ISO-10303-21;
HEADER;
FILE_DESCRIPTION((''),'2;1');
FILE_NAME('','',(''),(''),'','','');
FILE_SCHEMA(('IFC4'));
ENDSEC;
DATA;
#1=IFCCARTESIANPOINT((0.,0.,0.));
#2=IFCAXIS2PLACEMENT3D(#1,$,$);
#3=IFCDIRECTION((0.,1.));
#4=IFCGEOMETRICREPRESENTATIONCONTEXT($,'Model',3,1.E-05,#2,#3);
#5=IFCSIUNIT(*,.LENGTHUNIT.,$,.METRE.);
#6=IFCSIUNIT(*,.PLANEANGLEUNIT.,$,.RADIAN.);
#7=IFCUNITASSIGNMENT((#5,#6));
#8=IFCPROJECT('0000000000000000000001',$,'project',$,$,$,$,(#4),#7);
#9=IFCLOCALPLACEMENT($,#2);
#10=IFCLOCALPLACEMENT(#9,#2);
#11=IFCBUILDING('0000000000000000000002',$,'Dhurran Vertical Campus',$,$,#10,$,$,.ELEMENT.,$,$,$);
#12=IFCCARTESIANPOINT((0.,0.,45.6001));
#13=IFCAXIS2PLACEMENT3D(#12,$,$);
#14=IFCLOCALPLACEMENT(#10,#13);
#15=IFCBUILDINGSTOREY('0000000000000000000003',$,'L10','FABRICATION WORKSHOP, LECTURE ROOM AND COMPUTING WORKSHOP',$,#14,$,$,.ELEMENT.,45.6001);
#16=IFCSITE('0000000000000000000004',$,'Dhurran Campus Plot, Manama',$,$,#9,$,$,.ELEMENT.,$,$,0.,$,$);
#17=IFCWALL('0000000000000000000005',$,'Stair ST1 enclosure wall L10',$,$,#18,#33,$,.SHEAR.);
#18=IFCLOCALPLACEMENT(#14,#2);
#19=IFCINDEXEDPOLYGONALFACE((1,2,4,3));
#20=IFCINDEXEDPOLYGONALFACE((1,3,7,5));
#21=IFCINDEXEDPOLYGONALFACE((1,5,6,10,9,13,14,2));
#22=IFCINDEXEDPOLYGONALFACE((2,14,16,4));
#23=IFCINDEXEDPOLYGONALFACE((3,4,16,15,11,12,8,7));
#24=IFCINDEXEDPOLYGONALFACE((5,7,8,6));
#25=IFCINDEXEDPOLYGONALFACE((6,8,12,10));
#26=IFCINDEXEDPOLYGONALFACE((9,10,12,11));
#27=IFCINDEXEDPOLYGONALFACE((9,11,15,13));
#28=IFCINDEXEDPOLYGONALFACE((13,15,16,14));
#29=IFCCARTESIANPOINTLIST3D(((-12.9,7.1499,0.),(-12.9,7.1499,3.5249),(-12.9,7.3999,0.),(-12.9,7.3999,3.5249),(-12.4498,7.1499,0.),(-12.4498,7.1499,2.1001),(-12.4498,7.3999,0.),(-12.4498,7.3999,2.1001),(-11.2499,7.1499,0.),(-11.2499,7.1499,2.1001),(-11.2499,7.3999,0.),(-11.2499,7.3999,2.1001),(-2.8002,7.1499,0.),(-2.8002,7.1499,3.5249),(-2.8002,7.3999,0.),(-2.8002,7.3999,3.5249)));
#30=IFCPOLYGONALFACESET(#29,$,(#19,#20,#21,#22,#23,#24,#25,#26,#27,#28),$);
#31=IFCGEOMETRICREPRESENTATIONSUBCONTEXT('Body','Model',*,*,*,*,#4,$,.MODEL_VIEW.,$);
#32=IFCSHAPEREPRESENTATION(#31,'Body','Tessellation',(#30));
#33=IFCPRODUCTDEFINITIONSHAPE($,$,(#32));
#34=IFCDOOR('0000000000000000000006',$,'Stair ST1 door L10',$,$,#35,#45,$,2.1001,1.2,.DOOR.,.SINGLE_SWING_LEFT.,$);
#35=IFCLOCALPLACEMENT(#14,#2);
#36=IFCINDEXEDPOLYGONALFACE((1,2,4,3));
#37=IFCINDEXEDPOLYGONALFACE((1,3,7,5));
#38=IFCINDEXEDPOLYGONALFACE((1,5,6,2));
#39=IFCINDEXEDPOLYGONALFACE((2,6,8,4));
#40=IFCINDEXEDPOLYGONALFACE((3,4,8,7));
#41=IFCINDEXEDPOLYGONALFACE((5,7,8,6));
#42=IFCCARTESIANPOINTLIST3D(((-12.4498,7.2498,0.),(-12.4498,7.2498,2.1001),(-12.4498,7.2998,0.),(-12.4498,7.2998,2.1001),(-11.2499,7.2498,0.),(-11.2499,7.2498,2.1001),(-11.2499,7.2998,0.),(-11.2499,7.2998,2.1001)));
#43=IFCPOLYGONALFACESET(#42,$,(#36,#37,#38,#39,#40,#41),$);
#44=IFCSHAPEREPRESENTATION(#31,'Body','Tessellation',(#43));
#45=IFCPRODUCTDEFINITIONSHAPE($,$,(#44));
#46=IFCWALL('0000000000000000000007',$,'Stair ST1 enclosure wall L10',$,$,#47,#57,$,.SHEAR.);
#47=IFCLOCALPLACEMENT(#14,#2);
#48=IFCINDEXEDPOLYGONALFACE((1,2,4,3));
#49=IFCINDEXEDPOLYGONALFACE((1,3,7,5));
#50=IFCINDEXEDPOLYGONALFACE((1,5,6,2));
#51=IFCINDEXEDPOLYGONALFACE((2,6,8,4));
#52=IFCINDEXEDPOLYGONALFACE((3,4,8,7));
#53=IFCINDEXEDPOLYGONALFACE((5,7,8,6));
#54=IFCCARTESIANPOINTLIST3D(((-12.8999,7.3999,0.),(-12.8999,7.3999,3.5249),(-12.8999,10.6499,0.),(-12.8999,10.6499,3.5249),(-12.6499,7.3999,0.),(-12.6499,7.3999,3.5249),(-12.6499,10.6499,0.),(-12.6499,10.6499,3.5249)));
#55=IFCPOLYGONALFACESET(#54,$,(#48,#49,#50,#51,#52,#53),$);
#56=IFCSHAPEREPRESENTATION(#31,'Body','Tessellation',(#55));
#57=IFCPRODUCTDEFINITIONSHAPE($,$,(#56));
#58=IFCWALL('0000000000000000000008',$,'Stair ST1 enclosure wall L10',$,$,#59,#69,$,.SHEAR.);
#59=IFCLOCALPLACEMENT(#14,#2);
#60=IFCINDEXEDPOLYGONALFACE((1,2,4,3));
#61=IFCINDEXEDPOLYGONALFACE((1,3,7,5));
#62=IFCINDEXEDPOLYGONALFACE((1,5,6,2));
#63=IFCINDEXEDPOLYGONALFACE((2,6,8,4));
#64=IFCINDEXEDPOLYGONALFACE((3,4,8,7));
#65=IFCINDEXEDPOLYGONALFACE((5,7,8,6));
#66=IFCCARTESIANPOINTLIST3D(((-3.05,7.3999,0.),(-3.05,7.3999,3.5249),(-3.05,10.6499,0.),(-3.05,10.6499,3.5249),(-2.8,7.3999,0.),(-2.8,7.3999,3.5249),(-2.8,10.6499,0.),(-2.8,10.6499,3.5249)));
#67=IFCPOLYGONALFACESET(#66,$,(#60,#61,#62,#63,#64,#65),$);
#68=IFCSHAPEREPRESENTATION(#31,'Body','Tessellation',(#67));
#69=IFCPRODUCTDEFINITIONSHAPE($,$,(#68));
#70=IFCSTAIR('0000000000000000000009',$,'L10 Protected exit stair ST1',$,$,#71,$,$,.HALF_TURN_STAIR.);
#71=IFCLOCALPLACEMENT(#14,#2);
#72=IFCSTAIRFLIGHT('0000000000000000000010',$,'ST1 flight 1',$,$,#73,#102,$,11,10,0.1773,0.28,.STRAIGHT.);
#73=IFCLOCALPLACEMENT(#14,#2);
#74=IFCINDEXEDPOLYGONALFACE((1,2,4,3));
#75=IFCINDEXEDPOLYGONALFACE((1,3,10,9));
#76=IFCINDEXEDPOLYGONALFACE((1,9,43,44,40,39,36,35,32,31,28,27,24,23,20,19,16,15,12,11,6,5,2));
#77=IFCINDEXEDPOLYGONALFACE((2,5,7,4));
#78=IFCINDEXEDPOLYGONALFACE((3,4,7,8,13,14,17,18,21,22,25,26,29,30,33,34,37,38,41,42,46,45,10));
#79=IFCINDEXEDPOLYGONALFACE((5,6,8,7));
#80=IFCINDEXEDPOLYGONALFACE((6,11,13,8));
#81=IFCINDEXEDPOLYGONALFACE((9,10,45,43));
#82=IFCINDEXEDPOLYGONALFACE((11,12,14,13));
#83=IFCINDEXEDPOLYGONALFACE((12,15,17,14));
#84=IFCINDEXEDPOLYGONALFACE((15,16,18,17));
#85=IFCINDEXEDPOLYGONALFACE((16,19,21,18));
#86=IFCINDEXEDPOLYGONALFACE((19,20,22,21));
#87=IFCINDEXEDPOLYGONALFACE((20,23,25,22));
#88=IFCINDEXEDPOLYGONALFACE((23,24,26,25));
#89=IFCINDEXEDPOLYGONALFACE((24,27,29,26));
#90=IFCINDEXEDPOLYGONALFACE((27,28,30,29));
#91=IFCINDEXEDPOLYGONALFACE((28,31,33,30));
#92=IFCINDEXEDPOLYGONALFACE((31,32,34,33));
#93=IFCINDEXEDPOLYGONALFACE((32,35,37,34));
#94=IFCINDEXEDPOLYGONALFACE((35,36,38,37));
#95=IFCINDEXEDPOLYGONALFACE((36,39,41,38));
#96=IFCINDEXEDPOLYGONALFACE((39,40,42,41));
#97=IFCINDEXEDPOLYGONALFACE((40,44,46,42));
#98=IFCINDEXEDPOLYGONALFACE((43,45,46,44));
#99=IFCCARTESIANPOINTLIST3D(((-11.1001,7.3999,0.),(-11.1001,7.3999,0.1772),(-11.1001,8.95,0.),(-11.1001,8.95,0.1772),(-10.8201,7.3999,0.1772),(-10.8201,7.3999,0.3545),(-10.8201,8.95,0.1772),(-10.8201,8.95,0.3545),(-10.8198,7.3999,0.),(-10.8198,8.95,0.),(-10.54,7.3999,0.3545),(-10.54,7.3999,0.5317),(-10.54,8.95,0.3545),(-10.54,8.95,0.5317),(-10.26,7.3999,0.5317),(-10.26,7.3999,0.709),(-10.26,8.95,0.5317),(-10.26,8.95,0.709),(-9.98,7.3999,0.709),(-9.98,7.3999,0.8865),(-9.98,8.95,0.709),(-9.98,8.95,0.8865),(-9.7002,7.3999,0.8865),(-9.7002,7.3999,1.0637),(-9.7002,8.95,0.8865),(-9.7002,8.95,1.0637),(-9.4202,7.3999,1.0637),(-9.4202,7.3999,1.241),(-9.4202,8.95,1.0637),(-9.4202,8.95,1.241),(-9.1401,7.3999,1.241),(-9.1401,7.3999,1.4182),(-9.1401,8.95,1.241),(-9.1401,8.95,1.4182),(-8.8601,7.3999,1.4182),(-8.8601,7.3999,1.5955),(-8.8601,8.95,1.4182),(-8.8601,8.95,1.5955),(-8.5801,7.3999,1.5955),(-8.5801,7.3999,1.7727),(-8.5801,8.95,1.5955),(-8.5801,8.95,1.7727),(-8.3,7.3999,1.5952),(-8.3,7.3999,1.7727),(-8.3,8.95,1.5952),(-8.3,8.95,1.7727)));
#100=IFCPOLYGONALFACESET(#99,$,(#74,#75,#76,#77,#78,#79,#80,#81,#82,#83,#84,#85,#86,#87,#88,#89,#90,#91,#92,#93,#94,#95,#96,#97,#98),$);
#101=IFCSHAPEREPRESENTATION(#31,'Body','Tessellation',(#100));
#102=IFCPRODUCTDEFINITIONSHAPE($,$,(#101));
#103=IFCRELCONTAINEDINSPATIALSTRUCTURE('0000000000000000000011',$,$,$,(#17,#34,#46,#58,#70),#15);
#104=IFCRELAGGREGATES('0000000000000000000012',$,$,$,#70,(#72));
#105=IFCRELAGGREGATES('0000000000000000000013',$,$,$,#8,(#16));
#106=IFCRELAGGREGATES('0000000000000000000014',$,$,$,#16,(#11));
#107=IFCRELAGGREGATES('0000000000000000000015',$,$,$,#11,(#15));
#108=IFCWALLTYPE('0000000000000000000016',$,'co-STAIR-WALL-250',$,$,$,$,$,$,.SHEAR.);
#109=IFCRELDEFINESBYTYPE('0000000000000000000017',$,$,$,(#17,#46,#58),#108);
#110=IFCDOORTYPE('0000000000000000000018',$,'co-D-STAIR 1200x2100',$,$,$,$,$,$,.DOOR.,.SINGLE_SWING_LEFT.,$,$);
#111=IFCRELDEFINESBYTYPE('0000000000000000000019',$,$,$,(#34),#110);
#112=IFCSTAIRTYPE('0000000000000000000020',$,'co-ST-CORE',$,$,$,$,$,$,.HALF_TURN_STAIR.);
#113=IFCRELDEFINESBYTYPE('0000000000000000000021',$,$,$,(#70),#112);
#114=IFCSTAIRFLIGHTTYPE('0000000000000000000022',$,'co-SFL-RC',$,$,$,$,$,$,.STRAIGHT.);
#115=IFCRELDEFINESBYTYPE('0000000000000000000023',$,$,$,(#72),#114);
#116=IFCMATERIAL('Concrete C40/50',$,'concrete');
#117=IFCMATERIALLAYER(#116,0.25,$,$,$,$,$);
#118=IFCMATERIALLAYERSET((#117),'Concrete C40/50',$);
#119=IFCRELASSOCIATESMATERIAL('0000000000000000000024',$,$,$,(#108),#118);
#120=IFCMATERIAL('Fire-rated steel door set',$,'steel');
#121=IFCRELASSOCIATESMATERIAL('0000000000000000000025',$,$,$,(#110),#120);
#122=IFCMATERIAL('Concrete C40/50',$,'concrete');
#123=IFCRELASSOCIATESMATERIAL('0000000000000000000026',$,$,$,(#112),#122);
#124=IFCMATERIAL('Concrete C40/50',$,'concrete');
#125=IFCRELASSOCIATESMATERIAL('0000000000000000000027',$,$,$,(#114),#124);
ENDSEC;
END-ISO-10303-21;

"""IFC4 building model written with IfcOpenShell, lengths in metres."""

from ifc_helpers import new_model, si_unit, direction, frame, frame_2d, origin, place, context, subcontext, project, spatial, polyline, rectangle, outline, extrude, material, layer, layer_set, type_object, element, fill, aggregate, save


model = new_model("IFC4")

# Units and contexts
model_context = context("Model", 3, precision=1e-05, world=origin(), true_north=direction((0.0, 1.0)))
body_context = subcontext(model_context, "Body", "Model", "MODEL_VIEW")
ifc_project = project(units=[si_unit("LENGTHUNIT", "METRE"), si_unit("PLANEANGLEUNIT", "RADIAN")], contexts=[model_context])

# Site, building, storey
site_placement = place(None, origin())
site = spatial("IfcSite", under=ifc_project, at=site_placement, Name="Dhurran Campus Plot, Manama", CompositionType="ELEMENT", RefElevation=0.0)
building_placement = place(site_placement, origin())
building = spatial("IfcBuilding", under=site, at=building_placement, Name="Dhurran Vertical Campus", CompositionType="ELEMENT")
storey_placement = place(building_placement, frame((0.0, 0.0, 45.6001)))
storey = spatial("IfcBuildingStorey", under=building, at=storey_placement, Name="L10", Description="FABRICATION WORKSHOP, LECTURE ROOM AND COMPUTING WORKSHOP", CompositionType="ELEMENT", Elevation=45.6001)

# Wall, opening, door
ifc_material_1 = material(Name="Concrete C40/50", Category="concrete")
ifc_layer_1 = layer(ifc_material_1, 0.25)
ifc_layer_set_1 = layer_set([ifc_layer_1], Name="Concrete C40/50")
wall_type_1 = type_object("IfcWallType", Name="co-STAIR-WALL-250", PredefinedType="SHEAR", material=ifc_layer_set_1)
wall_1_placement = place(storey_placement, frame((-12.8999, 7.2749, 0.0), z_axis=(0.0, 0.0, 1.0), x_axis=(1.0, 0.0, 0.0)))
wall_1 = element("IfcWall", 1, at=wall_1_placement, inside=storey, type_object=wall_type_1, Name="Stair ST1 enclosure wall L10", PredefinedType="SHEAR", context=body_context, shape_type="SweptSolid", body=[
    extrude(rectangle(XDim=10.0999, YDim=0.25, at=frame_2d((5.0498, 0.0))), origin(), (0.0, 0.0, 1.0), 3.5249),
])
opening_1_placement = place(wall_1_placement, frame((0.45, 0.0, 0.0)))
opening_1 = element("IfcOpeningElement", 2, at=opening_1_placement, cuts=wall_1, PredefinedType="OPENING", context=body_context, shape_type="SweptSolid", body=[
    extrude(rectangle(XDim=1.2, YDim=2.1001, at=frame_2d((0.6001, 1.05))), frame((0.0, 0.135, 0.0), z_axis=(0.0, -1.0, 0.0), x_axis=(1.0, 0.0, 0.0)), (0.0, 0.0, 1.0), 0.27),
])
ifc_material_2 = material(Name="Fire-rated steel door set", Category="steel")
door_type_1 = type_object("IfcDoorType", Name="co-D-STAIR 1200x2100", OperationType="SINGLE_SWING_LEFT", PredefinedType="DOOR", material=ifc_material_2)
door_1_placement = place(opening_1_placement, origin())
door_1 = element("IfcDoor", 3, at=door_1_placement, inside=storey, type_object=door_type_1, Name="Stair ST1 door L10", OperationType="SINGLE_SWING_LEFT", OverallHeight=2.1001, OverallWidth=1.2, PredefinedType="DOOR", context=body_context, shape_type="SweptSolid", body=[
    extrude(rectangle(XDim=1.2, YDim=2.1001, at=frame_2d((0.6001, 1.05))), frame((0.0, 0.0249, 0.0), z_axis=(0.0, -1.0, 0.0), x_axis=(1.0, 0.0, 0.0)), (0.0, 0.0, 1.0), 0.05),
])
fill(opening_1, door_1)

# Walls
for number, where, z_axis, x_axis, name in (
    (4, (-12.7749, 7.3999, 0.0), (0.0, 0.0, 1.0), (0.0, 1.0, 0.0), "Stair ST1 enclosure wall L10"),
    (5, (-2.925, 7.3999, 0.0), (0.0, 0.0, 1.0), (0.0, 1.0, 0.0), "Stair ST1 enclosure wall L10"),
):
    element("IfcWall", number, at=place(storey_placement, frame(where, z_axis=z_axis, x_axis=x_axis)), inside=storey, type_object=wall_type_1, Name=name, PredefinedType="SHEAR", context=body_context, shape_type="SweptSolid", body=[
        extrude(rectangle(XDim=3.25, YDim=0.25, at=frame_2d((1.625, 0.0))), origin(), (0.0, 0.0, 1.0), 3.5249),
    ])

# Stair, stair flight
ifc_material_3 = material(Name="Concrete C40/50", Category="concrete")
stair_type = type_object("IfcStairType", Name="co-ST-CORE", PredefinedType="HALF_TURN_STAIR", material=ifc_material_3)
stair_placement = place(storey_placement, origin())
stair = element("IfcStair", 6, at=stair_placement, inside=storey, type_object=stair_type, Name="L10 Protected exit stair ST1", PredefinedType="HALF_TURN_STAIR")
ifc_material_4 = material(Name="Concrete C40/50", Category="concrete")
stair_flight_type = type_object("IfcStairFlightType", Name="co-SFL-RC", PredefinedType="STRAIGHT", material=ifc_material_4)
stair_flight_placement = place(storey_placement, frame((-11.1001, 8.175, 0.0), z_axis=(0.0, 0.0, 1.0), x_axis=(1.0, 0.0, 0.0)))
stair_flight = element("IfcStairFlight", 7, at=stair_flight_placement, type_object=stair_flight_type, Name="ST1 flight 1", NumberOfRisers=11, NumberOfTreads=10, PredefinedType="STRAIGHT", RiserHeight=0.1773, TreadLength=0.28, context=body_context, shape_type="SweptSolid", body=[
    extrude(outline(polyline([(0.0, 0.0), (0.0, 0.1772), (0.28, 0.1772), (0.28, 0.3545), (0.5601, 0.3545), (0.5601, 0.5317), (0.8401, 0.5317), (0.8401, 0.709), (1.1201, 0.709), (1.1201, 0.8865), (1.3999, 0.8865), (1.3999, 1.0637), (1.6799, 1.0637), (1.6799, 1.241), (1.96, 1.241), (1.96, 1.4182), (2.24, 1.4182), (2.24, 1.5955), (2.52, 1.5955), (2.52, 1.7727), (2.8, 1.7727), (2.8, 1.95), (2.8, 1.5952), (0.2803, 0.0), (0.0, 0.0)])), frame((0.0, 0.7749, 0.0), z_axis=(0.0, -1.0, 0.0), x_axis=(1.0, 0.0, 0.0)), (0.0, 0.0, 1.0), 1.55),
])
aggregate(stair, [stair_flight])

save(model, "model.ifc")
